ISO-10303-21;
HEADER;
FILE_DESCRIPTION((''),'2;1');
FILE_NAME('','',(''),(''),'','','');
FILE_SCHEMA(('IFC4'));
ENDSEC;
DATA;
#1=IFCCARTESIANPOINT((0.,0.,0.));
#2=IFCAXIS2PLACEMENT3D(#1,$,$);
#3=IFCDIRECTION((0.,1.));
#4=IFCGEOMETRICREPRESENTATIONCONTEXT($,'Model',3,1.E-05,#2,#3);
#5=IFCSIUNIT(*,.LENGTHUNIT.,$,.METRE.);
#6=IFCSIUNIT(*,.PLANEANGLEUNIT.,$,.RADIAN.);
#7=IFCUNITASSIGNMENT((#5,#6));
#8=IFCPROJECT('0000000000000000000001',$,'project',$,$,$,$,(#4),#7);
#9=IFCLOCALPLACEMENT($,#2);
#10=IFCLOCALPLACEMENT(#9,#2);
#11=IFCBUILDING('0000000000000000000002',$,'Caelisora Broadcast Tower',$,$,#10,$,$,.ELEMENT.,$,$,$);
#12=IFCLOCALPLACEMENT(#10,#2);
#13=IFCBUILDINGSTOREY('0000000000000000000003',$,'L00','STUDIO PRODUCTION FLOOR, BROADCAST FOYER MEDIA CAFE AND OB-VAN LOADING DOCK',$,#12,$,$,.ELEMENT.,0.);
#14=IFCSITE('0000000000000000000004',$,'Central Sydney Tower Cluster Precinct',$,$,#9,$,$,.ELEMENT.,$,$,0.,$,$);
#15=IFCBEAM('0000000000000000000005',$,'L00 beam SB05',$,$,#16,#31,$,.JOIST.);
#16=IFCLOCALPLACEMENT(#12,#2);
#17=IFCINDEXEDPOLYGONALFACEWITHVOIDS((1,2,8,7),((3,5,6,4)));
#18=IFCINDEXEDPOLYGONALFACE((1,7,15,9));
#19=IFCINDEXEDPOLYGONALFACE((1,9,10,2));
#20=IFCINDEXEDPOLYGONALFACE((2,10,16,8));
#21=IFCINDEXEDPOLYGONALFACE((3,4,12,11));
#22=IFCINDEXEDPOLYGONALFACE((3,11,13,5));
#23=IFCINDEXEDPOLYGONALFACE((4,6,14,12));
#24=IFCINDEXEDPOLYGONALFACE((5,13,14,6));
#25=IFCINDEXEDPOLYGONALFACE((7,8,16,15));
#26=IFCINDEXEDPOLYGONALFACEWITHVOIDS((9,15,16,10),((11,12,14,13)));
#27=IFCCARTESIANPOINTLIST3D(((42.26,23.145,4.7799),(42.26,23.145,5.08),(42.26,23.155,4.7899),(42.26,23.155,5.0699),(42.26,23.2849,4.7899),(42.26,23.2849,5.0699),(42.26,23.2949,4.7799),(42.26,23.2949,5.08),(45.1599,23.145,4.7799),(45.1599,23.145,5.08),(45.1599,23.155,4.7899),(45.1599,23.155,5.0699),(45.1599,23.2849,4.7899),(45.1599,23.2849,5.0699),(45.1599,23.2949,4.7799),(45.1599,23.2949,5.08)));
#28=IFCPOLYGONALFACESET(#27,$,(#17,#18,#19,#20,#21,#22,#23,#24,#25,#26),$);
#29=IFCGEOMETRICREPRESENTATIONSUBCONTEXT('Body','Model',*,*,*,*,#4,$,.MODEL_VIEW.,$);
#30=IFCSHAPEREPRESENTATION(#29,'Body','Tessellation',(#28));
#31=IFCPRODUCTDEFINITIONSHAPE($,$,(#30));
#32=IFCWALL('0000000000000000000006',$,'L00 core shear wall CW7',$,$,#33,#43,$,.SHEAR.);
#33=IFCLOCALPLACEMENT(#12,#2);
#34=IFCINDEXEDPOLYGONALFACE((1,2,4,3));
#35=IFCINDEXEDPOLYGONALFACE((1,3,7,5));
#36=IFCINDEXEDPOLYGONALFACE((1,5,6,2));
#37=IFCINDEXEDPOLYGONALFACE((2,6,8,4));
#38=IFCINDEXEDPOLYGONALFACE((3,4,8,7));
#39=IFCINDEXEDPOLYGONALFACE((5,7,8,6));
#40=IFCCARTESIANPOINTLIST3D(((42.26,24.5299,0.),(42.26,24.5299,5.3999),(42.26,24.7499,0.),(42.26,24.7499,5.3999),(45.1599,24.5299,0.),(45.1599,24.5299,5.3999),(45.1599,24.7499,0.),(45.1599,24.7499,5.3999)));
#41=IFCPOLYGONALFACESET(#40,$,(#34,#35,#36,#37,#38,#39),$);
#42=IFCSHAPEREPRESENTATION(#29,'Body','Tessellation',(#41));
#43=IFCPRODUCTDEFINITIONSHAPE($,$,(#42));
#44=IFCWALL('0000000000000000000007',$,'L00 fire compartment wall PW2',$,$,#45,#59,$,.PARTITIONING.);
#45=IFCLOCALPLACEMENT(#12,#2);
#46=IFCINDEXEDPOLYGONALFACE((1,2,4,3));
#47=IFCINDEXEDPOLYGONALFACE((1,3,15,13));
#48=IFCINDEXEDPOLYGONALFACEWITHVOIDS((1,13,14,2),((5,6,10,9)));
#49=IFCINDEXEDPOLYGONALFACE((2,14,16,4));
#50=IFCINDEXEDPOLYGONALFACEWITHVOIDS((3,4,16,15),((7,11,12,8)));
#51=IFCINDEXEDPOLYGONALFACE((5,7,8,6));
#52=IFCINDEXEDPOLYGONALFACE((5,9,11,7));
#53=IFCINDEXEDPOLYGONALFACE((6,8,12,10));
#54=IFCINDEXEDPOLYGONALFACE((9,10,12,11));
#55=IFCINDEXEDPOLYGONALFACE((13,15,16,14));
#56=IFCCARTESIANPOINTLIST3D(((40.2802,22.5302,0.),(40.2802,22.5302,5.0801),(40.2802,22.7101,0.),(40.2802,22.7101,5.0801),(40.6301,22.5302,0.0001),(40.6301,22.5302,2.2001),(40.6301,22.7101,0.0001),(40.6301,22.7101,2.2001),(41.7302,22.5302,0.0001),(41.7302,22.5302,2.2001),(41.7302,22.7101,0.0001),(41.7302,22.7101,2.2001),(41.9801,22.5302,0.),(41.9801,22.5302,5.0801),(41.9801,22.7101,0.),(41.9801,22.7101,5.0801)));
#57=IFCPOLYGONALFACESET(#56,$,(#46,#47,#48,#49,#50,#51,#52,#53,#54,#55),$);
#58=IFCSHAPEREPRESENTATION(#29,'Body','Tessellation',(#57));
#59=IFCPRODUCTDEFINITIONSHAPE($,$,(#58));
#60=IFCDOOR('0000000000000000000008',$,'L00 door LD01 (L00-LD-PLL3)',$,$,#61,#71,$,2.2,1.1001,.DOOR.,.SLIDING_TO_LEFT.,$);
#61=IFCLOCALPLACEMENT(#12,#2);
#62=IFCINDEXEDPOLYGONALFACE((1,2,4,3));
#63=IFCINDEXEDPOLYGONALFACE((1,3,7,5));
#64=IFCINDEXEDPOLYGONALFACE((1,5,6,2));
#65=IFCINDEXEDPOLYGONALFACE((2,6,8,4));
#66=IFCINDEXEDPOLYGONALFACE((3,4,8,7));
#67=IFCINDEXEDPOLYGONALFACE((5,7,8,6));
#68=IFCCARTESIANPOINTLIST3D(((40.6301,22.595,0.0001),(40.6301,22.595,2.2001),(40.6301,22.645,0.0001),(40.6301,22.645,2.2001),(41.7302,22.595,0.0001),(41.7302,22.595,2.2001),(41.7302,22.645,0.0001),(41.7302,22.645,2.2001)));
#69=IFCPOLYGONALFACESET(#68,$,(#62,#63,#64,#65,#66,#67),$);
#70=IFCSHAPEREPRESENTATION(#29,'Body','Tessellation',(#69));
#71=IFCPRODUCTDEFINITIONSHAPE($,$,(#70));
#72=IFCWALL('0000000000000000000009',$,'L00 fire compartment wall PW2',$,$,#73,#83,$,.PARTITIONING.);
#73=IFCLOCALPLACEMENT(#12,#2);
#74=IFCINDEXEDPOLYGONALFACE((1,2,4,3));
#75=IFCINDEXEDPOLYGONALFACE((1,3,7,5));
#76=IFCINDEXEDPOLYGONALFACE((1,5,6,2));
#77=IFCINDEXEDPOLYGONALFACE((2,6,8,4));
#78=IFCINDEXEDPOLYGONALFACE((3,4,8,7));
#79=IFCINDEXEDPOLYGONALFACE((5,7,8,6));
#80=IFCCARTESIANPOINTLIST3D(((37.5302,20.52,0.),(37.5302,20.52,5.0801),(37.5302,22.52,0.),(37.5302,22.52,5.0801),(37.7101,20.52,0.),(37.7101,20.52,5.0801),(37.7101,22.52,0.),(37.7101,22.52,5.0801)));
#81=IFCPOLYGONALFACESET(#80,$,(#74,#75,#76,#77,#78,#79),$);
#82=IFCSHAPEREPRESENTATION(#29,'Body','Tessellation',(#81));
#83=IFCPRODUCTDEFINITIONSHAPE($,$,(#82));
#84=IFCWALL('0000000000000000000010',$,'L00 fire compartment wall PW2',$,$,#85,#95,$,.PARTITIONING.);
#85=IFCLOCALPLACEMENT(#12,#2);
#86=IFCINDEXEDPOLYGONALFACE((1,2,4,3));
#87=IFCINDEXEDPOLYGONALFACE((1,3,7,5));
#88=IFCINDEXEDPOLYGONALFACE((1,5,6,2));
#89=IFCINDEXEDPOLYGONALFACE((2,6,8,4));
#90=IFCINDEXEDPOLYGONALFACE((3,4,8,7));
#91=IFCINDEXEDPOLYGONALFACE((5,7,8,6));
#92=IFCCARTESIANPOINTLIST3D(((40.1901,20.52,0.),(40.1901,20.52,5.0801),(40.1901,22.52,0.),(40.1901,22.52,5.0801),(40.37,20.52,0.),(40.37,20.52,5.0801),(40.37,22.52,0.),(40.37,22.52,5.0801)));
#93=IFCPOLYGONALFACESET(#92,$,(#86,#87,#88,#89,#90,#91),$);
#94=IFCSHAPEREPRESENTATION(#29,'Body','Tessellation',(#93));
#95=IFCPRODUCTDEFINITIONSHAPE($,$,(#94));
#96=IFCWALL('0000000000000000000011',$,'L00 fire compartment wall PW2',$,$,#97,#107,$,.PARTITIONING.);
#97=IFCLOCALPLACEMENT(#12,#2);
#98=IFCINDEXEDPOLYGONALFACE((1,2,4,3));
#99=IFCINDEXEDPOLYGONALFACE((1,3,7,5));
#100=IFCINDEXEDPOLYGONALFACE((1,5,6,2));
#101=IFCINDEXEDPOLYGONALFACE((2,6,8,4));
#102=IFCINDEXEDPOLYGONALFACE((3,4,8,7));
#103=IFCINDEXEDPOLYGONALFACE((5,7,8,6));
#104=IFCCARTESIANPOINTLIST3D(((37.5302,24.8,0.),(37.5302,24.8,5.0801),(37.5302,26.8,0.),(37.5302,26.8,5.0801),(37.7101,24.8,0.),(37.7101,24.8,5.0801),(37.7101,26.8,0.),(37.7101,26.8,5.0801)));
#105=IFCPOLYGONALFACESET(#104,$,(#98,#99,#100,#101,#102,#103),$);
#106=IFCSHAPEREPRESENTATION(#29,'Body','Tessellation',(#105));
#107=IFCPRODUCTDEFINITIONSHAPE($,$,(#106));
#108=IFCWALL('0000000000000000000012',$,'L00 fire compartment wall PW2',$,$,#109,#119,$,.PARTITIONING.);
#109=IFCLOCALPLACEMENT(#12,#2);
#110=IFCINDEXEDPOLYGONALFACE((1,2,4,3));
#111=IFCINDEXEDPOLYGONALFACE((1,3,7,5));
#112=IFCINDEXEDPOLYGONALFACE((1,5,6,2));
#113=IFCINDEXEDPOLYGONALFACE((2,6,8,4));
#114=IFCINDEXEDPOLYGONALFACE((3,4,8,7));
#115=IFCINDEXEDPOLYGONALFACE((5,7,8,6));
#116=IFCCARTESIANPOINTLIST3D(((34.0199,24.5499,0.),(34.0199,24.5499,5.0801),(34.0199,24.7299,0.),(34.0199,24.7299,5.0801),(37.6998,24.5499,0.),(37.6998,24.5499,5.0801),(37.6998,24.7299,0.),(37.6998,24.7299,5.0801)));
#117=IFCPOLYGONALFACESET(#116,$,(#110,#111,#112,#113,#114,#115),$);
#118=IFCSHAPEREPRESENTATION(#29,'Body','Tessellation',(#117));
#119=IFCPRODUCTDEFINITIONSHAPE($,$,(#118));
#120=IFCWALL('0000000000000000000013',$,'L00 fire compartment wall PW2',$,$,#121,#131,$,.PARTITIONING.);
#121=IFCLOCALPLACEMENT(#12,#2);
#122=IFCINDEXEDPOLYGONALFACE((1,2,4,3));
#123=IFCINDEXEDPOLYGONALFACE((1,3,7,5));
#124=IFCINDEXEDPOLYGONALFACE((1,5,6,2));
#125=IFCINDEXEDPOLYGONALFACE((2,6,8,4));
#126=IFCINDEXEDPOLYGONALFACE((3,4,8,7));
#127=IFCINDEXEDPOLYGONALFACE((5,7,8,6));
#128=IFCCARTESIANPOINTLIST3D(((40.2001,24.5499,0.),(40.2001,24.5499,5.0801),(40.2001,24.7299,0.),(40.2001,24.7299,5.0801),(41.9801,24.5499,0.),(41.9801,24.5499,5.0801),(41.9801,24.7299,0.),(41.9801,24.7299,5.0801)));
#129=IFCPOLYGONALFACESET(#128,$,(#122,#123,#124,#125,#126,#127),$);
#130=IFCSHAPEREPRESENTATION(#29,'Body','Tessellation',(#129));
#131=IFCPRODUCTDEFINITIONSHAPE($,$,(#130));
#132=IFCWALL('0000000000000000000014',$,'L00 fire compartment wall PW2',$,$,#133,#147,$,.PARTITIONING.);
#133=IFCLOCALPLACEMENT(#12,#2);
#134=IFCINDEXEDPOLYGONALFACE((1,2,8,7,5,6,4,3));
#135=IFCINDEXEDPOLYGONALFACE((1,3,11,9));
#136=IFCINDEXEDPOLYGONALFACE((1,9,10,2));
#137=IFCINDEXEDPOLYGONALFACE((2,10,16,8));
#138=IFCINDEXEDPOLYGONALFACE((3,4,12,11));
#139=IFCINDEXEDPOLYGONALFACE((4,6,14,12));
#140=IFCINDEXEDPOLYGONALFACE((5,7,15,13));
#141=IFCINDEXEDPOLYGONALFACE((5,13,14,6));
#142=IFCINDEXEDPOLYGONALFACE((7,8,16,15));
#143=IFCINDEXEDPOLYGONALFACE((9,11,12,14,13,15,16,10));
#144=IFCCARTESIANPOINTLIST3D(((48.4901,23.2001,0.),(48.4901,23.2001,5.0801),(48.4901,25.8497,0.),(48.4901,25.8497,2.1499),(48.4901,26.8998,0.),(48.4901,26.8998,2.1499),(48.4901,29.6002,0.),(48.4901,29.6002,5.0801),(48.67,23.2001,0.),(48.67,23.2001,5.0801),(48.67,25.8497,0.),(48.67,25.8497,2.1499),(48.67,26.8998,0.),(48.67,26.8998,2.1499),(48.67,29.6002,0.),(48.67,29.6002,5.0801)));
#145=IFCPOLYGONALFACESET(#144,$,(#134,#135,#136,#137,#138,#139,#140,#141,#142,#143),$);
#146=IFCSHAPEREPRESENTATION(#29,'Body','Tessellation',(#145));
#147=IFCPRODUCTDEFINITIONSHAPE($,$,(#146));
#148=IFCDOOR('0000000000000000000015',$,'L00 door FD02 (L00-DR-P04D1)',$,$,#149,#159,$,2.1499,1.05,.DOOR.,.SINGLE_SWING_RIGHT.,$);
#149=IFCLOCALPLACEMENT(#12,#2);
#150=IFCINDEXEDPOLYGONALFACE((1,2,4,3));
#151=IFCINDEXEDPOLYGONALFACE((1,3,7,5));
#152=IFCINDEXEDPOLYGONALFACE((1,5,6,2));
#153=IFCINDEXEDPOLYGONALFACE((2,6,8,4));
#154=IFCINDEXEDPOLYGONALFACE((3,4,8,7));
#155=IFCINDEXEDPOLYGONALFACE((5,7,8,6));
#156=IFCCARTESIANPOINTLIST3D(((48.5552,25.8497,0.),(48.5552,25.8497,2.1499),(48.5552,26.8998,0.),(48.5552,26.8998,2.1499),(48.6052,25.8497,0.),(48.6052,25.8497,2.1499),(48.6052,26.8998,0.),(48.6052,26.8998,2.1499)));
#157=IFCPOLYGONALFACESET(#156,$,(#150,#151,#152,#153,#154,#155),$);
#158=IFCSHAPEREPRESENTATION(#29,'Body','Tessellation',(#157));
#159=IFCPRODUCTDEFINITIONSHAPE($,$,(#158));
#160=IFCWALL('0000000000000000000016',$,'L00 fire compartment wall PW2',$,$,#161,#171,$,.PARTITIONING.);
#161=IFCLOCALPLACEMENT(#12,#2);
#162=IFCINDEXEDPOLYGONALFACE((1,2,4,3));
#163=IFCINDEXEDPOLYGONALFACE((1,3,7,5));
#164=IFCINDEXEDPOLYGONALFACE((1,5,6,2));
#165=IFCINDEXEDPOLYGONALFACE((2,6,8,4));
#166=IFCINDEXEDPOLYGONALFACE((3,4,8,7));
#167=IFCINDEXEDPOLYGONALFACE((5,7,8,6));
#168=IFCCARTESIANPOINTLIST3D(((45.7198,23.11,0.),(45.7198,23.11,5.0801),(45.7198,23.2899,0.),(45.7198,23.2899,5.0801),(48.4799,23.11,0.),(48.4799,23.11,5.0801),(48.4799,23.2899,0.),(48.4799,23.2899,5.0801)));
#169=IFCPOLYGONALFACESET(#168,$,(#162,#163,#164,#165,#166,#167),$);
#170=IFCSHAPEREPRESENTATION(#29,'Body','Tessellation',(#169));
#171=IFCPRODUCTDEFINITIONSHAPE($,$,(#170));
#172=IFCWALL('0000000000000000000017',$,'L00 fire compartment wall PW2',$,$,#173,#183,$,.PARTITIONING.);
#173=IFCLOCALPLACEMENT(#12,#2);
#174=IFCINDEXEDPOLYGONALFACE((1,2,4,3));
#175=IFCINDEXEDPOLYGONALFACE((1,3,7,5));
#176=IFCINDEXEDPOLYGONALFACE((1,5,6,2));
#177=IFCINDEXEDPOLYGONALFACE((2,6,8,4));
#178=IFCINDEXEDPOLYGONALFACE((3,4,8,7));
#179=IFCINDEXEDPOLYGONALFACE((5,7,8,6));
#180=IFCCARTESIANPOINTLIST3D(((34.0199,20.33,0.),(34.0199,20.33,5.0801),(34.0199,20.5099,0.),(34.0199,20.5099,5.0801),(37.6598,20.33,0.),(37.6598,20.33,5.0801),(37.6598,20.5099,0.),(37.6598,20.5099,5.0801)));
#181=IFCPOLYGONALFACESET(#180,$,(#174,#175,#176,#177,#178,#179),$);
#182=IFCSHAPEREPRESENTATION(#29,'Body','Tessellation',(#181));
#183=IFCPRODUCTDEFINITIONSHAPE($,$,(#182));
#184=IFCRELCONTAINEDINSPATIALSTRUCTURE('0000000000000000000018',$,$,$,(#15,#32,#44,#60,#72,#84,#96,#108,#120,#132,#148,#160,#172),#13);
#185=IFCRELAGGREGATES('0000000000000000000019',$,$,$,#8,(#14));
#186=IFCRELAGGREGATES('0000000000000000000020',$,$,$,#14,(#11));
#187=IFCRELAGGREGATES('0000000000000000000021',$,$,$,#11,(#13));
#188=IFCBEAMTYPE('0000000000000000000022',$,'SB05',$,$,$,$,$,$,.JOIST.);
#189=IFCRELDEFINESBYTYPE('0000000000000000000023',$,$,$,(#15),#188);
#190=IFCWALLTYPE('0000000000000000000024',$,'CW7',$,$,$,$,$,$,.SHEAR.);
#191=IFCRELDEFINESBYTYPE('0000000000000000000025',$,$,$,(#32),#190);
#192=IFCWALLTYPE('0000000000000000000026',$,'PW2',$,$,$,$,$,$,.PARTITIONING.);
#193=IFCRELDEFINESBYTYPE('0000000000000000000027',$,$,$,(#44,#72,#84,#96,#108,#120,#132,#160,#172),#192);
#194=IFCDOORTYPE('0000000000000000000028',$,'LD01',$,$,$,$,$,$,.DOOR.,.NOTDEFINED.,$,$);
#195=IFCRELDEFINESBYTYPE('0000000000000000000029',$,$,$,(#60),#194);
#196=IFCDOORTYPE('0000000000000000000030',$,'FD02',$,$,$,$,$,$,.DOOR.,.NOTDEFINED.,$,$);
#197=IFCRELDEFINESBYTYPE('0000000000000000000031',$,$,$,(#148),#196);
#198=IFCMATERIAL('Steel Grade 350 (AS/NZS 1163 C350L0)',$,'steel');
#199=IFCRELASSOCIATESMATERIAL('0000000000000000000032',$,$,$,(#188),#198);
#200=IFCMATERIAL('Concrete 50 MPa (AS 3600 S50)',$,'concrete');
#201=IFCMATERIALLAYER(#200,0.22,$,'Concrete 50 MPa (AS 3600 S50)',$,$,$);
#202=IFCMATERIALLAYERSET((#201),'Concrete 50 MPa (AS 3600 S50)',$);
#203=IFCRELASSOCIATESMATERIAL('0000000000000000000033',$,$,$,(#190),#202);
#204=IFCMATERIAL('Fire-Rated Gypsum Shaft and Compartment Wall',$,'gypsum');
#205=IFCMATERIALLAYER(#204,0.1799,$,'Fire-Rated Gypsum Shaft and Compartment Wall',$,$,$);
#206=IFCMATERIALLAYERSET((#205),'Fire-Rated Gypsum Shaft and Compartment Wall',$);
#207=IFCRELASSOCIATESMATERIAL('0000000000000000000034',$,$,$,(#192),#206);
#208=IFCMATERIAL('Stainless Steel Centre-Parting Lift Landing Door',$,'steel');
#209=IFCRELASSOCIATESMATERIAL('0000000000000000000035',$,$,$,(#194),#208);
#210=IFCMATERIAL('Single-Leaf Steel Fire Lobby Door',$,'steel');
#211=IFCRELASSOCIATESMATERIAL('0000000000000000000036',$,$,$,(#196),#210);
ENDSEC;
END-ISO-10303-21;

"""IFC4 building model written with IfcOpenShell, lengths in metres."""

from ifc_helpers import new_model, si_unit, direction, frame, frame_2d, origin, origin_2d, place, context, subcontext, project, spatial, rectangle, hollow_rectangle, extrude, source, transform, mapped, material, layer, layer_set, material_profile, profile_set, type_object, type_shapes, element, fill, save


model = new_model("IFC4")

# Units and contexts
model_context = context("Model", 3, precision=1e-05, world=origin(), true_north=direction((0.0, 1.0)))
body_context = subcontext(model_context, "Body", "Model", "MODEL_VIEW")
ifc_project = project(units=[si_unit("LENGTHUNIT", "METRE"), si_unit("PLANEANGLEUNIT", "RADIAN")], contexts=[model_context])

# Site, building, storey
site_placement = place(None, origin())
site = spatial("IfcSite", under=ifc_project, at=site_placement, Name="Central Sydney Tower Cluster Precinct", CompositionType="ELEMENT", RefElevation=0.0)
building_placement = place(site_placement, origin())
building = spatial("IfcBuilding", under=site, at=building_placement, Name="Caelisora Broadcast Tower", CompositionType="ELEMENT")
storey_placement = place(building_placement, origin())
storey = spatial("IfcBuildingStorey", under=building, at=storey_placement, Name="L00", Description="STUDIO PRODUCTION FLOOR, BROADCAST FOYER MEDIA CAFE AND OB-VAN LOADING DOCK", CompositionType="ELEMENT", Elevation=0.0)

# Beam
ifc_material_1 = material(Name="Steel Grade 350 (AS/NZS 1163 C350L0)", Category="steel")
ifc_material_profile = material_profile(ifc_material_1, hollow_rectangle(XDim=0.1499, YDim=0.3, WallThickness=0.01, at=origin_2d()), Name="Steel Grade 350 (AS/NZS 1163 C350L0)")
ifc_profile_set = profile_set([ifc_material_profile], Name="Steel Grade 350 (AS/NZS 1163 C350L0)")
beam_type = type_object("IfcBeamType", Name="SB05", PredefinedType="JOIST", material=ifc_profile_set)
shared_shape = source(origin(), body_context, "Body", "SweptSolid", [
    extrude(hollow_rectangle(XDim=0.1499, YDim=0.3, WallThickness=0.01, at=origin_2d()), origin(), (0.0, 0.0, 1.0), 2.8999),
])
type_shapes(beam_type, [shared_shape])
beam_placement = place(storey_placement, frame((42.26, 23.22, 4.9299), z_axis=(1.0, 0.0, 0.0), x_axis=(0.0, 1.0, 0.0)))
element("IfcBeam", 1, at=beam_placement, inside=storey, type_object=beam_type, Name="L00 beam SB05", PredefinedType="JOIST", context=body_context, shape_type="MappedRepresentation", body=[
    mapped(shared_shape, transform((0.0, 0.0, 0.0), scale=1.0)),
])

# Wall
ifc_material_2 = material(Name="Concrete 50 MPa (AS 3600 S50)", Category="concrete")
ifc_layer_1 = layer(ifc_material_2, 0.22, Name="Concrete 50 MPa (AS 3600 S50)")
ifc_layer_set_1 = layer_set([ifc_layer_1], Name="Concrete 50 MPa (AS 3600 S50)")
wall_type_1 = type_object("IfcWallType", Name="CW7", PredefinedType="SHEAR", material=ifc_layer_set_1)
wall_1_placement = place(storey_placement, frame((42.26, 24.6399, 0.0), z_axis=(0.0, 0.0, 1.0), x_axis=(1.0, 0.0, 0.0)))
element("IfcWall", 2, at=wall_1_placement, inside=storey, type_object=wall_type_1, Name="L00 core shear wall CW7", PredefinedType="SHEAR", context=body_context, shape_type="SweptSolid", body=[
    extrude(rectangle(XDim=2.8999, YDim=0.22, at=frame_2d((1.45, 0.0))), origin(), (0.0, 0.0, 1.0), 5.3999),
])

# Wall, opening, door
ifc_material_3 = material(Name="Fire-Rated Gypsum Shaft and Compartment Wall", Category="gypsum")
ifc_layer_2 = layer(ifc_material_3, 0.1799, Name="Fire-Rated Gypsum Shaft and Compartment Wall")
ifc_layer_set_2 = layer_set([ifc_layer_2], Name="Fire-Rated Gypsum Shaft and Compartment Wall")
wall_type_2 = type_object("IfcWallType", Name="PW2", PredefinedType="PARTITIONING", material=ifc_layer_set_2)
wall_2_placement = place(storey_placement, frame((40.28, 22.6201, 0.0), z_axis=(0.0, 0.0, 1.0), x_axis=(1.0, 0.0, 0.0)))
wall_2 = element("IfcWall", 3, at=wall_2_placement, inside=storey, type_object=wall_type_2, Name="L00 fire compartment wall PW2", PredefinedType="PARTITIONING", context=body_context, shape_type="SweptSolid", body=[
    extrude(rectangle(XDim=1.7, YDim=0.1799, at=frame_2d((0.8501, 0.0))), origin(), (0.0, 0.0, 1.0), 5.0801),
])
opening_1_placement = place(wall_2_placement, frame((0.3501, 0.0, 0.0)))
opening_1 = element("IfcOpeningElement", 4, at=opening_1_placement, cuts=wall_2, PredefinedType="OPENING", context=body_context, shape_type="SweptSolid", body=[
    extrude(rectangle(XDim=1.1001, YDim=2.2, at=frame_2d((0.55, 1.1001))), frame((0.0, 0.1021, 0.0), z_axis=(0.0, -1.0, 0.0), x_axis=(1.0, 0.0, 0.0)), (0.0, 0.0, 1.0), 0.2039),
])
ifc_material_4 = material(Name="Stainless Steel Centre-Parting Lift Landing Door", Category="steel")
door_type_1 = type_object("IfcDoorType", Name="LD01", OperationType="NOTDEFINED", PredefinedType="DOOR", material=ifc_material_4)
door_1_placement = place(opening_1_placement, origin())
door_1 = element("IfcDoor", 5, at=door_1_placement, inside=storey, type_object=door_type_1, Name="L00 door LD01 (L00-LD-PLL3)", OperationType="SLIDING_TO_LEFT", OverallHeight=2.2, OverallWidth=1.1001, PredefinedType="DOOR", context=body_context, shape_type="SweptSolid", body=[
    extrude(rectangle(XDim=1.1001, YDim=2.2, at=frame_2d((0.55, 1.1001))), frame((0.0, 0.0249, 0.0), z_axis=(0.0, -1.0, 0.0), x_axis=(1.0, 0.0, 0.0)), (0.0, 0.0, 1.0), 0.05),
])
fill(opening_1, door_1)

# Walls
for number, where, z_axis, x_axis, name in (
    (6, (37.6201, 20.52, 0.0), (0.0, 0.0, 1.0), (0.0, 1.0, 0.0), "L00 fire compartment wall PW2"),
    (7, (40.28, 20.52, 0.0), (0.0, 0.0, 1.0), (0.0, 1.0, 0.0), "L00 fire compartment wall PW2"),
    (8, (37.6201, 24.8, 0.0), (0.0, 0.0, 1.0), (0.0, 1.0, 0.0), "L00 fire compartment wall PW2"),
):
    element("IfcWall", number, at=place(storey_placement, frame(where, z_axis=z_axis, x_axis=x_axis)), inside=storey, type_object=wall_type_2, Name=name, PredefinedType="PARTITIONING", context=body_context, shape_type="SweptSolid", body=[
        extrude(rectangle(XDim=2.0, YDim=0.1799, at=frame_2d((1.0, 0.0))), origin(), (0.0, 0.0, 1.0), 5.0801),
    ])
wall_3_placement = place(storey_placement, frame((34.02, 24.6399, 0.0), z_axis=(0.0, 0.0, 1.0), x_axis=(1.0, 0.0, 0.0)))
element("IfcWall", 9, at=wall_3_placement, inside=storey, type_object=wall_type_2, Name="L00 fire compartment wall PW2", PredefinedType="PARTITIONING", context=body_context, shape_type="SweptSolid", body=[
    extrude(rectangle(XDim=3.6799, YDim=0.1799, at=frame_2d((1.8398, 0.0))), origin(), (0.0, 0.0, 1.0), 5.0801),
])
wall_4_placement = place(storey_placement, frame((40.2, 24.6399, 0.0), z_axis=(0.0, 0.0, 1.0), x_axis=(1.0, 0.0, 0.0)))
element("IfcWall", 10, at=wall_4_placement, inside=storey, type_object=wall_type_2, Name="L00 fire compartment wall PW2", PredefinedType="PARTITIONING", context=body_context, shape_type="SweptSolid", body=[
    extrude(rectangle(XDim=1.78, YDim=0.1799, at=frame_2d((0.8901, 0.0))), origin(), (0.0, 0.0, 1.0), 5.0801),
])

# Wall, opening, door
wall_5_placement = place(storey_placement, frame((48.5801, 23.2, 0.0), z_axis=(0.0, 0.0, 1.0), x_axis=(0.0, 1.0, 0.0)))
wall_5 = element("IfcWall", 11, at=wall_5_placement, inside=storey, type_object=wall_type_2, Name="L00 fire compartment wall PW2", PredefinedType="PARTITIONING", context=body_context, shape_type="SweptSolid", body=[
    extrude(rectangle(XDim=6.4001, YDim=0.1799, at=frame_2d((3.2002, 0.0))), origin(), (0.0, 0.0, 1.0), 5.0801),
])
opening_2_placement = place(wall_5_placement, frame((2.6499, 0.0, 0.0)))
opening_2 = element("IfcOpeningElement", 12, at=opening_2_placement, cuts=wall_5, PredefinedType="OPENING", context=body_context, shape_type="SweptSolid", body=[
    extrude(rectangle(XDim=1.05, YDim=2.1499, at=frame_2d((0.5249, 1.075))), frame((0.0, 0.1021, 0.0), z_axis=(0.0, -1.0, 0.0), x_axis=(1.0, 0.0, 0.0)), (0.0, 0.0, 1.0), 0.2039),
])
ifc_material_5 = material(Name="Single-Leaf Steel Fire Lobby Door", Category="steel")
door_type_2 = type_object("IfcDoorType", Name="FD02", OperationType="NOTDEFINED", PredefinedType="DOOR", material=ifc_material_5)
door_2_placement = place(opening_2_placement, origin())
door_2 = element("IfcDoor", 13, at=door_2_placement, inside=storey, type_object=door_type_2, Name="L00 door FD02 (L00-DR-P04D1)", OperationType="SINGLE_SWING_RIGHT", OverallHeight=2.1499, OverallWidth=1.05, PredefinedType="DOOR", context=body_context, shape_type="SweptSolid", body=[
    extrude(rectangle(XDim=1.05, YDim=2.1499, at=frame_2d((0.5249, 1.075))), frame((0.0, 0.0249, 0.0), z_axis=(0.0, -1.0, 0.0), x_axis=(1.0, 0.0, 0.0)), (0.0, 0.0, 1.0), 0.05),
])
fill(opening_2, door_2)

# Walls
wall_6_placement = place(storey_placement, frame((45.72, 23.2, 0.0), z_axis=(0.0, 0.0, 1.0), x_axis=(1.0, 0.0, 0.0)))
element("IfcWall", 14, at=wall_6_placement, inside=storey, type_object=wall_type_2, Name="L00 fire compartment wall PW2", PredefinedType="PARTITIONING", context=body_context, shape_type="SweptSolid", body=[
    extrude(rectangle(XDim=2.76, YDim=0.1799, at=frame_2d((1.3799, 0.0))), origin(), (0.0, 0.0, 1.0), 5.0801),
])
wall_7_placement = place(storey_placement, frame((34.02, 20.4199, 0.0), z_axis=(0.0, 0.0, 1.0), x_axis=(1.0, 0.0, 0.0)))
element("IfcWall", 15, at=wall_7_placement, inside=storey, type_object=wall_type_2, Name="L00 fire compartment wall PW2", PredefinedType="PARTITIONING", context=body_context, shape_type="SweptSolid", body=[
    extrude(rectangle(XDim=3.6399, YDim=0.1799, at=frame_2d((1.8198, 0.0))), origin(), (0.0, 0.0, 1.0), 5.0801),
])

save(model, "model.ifc")
